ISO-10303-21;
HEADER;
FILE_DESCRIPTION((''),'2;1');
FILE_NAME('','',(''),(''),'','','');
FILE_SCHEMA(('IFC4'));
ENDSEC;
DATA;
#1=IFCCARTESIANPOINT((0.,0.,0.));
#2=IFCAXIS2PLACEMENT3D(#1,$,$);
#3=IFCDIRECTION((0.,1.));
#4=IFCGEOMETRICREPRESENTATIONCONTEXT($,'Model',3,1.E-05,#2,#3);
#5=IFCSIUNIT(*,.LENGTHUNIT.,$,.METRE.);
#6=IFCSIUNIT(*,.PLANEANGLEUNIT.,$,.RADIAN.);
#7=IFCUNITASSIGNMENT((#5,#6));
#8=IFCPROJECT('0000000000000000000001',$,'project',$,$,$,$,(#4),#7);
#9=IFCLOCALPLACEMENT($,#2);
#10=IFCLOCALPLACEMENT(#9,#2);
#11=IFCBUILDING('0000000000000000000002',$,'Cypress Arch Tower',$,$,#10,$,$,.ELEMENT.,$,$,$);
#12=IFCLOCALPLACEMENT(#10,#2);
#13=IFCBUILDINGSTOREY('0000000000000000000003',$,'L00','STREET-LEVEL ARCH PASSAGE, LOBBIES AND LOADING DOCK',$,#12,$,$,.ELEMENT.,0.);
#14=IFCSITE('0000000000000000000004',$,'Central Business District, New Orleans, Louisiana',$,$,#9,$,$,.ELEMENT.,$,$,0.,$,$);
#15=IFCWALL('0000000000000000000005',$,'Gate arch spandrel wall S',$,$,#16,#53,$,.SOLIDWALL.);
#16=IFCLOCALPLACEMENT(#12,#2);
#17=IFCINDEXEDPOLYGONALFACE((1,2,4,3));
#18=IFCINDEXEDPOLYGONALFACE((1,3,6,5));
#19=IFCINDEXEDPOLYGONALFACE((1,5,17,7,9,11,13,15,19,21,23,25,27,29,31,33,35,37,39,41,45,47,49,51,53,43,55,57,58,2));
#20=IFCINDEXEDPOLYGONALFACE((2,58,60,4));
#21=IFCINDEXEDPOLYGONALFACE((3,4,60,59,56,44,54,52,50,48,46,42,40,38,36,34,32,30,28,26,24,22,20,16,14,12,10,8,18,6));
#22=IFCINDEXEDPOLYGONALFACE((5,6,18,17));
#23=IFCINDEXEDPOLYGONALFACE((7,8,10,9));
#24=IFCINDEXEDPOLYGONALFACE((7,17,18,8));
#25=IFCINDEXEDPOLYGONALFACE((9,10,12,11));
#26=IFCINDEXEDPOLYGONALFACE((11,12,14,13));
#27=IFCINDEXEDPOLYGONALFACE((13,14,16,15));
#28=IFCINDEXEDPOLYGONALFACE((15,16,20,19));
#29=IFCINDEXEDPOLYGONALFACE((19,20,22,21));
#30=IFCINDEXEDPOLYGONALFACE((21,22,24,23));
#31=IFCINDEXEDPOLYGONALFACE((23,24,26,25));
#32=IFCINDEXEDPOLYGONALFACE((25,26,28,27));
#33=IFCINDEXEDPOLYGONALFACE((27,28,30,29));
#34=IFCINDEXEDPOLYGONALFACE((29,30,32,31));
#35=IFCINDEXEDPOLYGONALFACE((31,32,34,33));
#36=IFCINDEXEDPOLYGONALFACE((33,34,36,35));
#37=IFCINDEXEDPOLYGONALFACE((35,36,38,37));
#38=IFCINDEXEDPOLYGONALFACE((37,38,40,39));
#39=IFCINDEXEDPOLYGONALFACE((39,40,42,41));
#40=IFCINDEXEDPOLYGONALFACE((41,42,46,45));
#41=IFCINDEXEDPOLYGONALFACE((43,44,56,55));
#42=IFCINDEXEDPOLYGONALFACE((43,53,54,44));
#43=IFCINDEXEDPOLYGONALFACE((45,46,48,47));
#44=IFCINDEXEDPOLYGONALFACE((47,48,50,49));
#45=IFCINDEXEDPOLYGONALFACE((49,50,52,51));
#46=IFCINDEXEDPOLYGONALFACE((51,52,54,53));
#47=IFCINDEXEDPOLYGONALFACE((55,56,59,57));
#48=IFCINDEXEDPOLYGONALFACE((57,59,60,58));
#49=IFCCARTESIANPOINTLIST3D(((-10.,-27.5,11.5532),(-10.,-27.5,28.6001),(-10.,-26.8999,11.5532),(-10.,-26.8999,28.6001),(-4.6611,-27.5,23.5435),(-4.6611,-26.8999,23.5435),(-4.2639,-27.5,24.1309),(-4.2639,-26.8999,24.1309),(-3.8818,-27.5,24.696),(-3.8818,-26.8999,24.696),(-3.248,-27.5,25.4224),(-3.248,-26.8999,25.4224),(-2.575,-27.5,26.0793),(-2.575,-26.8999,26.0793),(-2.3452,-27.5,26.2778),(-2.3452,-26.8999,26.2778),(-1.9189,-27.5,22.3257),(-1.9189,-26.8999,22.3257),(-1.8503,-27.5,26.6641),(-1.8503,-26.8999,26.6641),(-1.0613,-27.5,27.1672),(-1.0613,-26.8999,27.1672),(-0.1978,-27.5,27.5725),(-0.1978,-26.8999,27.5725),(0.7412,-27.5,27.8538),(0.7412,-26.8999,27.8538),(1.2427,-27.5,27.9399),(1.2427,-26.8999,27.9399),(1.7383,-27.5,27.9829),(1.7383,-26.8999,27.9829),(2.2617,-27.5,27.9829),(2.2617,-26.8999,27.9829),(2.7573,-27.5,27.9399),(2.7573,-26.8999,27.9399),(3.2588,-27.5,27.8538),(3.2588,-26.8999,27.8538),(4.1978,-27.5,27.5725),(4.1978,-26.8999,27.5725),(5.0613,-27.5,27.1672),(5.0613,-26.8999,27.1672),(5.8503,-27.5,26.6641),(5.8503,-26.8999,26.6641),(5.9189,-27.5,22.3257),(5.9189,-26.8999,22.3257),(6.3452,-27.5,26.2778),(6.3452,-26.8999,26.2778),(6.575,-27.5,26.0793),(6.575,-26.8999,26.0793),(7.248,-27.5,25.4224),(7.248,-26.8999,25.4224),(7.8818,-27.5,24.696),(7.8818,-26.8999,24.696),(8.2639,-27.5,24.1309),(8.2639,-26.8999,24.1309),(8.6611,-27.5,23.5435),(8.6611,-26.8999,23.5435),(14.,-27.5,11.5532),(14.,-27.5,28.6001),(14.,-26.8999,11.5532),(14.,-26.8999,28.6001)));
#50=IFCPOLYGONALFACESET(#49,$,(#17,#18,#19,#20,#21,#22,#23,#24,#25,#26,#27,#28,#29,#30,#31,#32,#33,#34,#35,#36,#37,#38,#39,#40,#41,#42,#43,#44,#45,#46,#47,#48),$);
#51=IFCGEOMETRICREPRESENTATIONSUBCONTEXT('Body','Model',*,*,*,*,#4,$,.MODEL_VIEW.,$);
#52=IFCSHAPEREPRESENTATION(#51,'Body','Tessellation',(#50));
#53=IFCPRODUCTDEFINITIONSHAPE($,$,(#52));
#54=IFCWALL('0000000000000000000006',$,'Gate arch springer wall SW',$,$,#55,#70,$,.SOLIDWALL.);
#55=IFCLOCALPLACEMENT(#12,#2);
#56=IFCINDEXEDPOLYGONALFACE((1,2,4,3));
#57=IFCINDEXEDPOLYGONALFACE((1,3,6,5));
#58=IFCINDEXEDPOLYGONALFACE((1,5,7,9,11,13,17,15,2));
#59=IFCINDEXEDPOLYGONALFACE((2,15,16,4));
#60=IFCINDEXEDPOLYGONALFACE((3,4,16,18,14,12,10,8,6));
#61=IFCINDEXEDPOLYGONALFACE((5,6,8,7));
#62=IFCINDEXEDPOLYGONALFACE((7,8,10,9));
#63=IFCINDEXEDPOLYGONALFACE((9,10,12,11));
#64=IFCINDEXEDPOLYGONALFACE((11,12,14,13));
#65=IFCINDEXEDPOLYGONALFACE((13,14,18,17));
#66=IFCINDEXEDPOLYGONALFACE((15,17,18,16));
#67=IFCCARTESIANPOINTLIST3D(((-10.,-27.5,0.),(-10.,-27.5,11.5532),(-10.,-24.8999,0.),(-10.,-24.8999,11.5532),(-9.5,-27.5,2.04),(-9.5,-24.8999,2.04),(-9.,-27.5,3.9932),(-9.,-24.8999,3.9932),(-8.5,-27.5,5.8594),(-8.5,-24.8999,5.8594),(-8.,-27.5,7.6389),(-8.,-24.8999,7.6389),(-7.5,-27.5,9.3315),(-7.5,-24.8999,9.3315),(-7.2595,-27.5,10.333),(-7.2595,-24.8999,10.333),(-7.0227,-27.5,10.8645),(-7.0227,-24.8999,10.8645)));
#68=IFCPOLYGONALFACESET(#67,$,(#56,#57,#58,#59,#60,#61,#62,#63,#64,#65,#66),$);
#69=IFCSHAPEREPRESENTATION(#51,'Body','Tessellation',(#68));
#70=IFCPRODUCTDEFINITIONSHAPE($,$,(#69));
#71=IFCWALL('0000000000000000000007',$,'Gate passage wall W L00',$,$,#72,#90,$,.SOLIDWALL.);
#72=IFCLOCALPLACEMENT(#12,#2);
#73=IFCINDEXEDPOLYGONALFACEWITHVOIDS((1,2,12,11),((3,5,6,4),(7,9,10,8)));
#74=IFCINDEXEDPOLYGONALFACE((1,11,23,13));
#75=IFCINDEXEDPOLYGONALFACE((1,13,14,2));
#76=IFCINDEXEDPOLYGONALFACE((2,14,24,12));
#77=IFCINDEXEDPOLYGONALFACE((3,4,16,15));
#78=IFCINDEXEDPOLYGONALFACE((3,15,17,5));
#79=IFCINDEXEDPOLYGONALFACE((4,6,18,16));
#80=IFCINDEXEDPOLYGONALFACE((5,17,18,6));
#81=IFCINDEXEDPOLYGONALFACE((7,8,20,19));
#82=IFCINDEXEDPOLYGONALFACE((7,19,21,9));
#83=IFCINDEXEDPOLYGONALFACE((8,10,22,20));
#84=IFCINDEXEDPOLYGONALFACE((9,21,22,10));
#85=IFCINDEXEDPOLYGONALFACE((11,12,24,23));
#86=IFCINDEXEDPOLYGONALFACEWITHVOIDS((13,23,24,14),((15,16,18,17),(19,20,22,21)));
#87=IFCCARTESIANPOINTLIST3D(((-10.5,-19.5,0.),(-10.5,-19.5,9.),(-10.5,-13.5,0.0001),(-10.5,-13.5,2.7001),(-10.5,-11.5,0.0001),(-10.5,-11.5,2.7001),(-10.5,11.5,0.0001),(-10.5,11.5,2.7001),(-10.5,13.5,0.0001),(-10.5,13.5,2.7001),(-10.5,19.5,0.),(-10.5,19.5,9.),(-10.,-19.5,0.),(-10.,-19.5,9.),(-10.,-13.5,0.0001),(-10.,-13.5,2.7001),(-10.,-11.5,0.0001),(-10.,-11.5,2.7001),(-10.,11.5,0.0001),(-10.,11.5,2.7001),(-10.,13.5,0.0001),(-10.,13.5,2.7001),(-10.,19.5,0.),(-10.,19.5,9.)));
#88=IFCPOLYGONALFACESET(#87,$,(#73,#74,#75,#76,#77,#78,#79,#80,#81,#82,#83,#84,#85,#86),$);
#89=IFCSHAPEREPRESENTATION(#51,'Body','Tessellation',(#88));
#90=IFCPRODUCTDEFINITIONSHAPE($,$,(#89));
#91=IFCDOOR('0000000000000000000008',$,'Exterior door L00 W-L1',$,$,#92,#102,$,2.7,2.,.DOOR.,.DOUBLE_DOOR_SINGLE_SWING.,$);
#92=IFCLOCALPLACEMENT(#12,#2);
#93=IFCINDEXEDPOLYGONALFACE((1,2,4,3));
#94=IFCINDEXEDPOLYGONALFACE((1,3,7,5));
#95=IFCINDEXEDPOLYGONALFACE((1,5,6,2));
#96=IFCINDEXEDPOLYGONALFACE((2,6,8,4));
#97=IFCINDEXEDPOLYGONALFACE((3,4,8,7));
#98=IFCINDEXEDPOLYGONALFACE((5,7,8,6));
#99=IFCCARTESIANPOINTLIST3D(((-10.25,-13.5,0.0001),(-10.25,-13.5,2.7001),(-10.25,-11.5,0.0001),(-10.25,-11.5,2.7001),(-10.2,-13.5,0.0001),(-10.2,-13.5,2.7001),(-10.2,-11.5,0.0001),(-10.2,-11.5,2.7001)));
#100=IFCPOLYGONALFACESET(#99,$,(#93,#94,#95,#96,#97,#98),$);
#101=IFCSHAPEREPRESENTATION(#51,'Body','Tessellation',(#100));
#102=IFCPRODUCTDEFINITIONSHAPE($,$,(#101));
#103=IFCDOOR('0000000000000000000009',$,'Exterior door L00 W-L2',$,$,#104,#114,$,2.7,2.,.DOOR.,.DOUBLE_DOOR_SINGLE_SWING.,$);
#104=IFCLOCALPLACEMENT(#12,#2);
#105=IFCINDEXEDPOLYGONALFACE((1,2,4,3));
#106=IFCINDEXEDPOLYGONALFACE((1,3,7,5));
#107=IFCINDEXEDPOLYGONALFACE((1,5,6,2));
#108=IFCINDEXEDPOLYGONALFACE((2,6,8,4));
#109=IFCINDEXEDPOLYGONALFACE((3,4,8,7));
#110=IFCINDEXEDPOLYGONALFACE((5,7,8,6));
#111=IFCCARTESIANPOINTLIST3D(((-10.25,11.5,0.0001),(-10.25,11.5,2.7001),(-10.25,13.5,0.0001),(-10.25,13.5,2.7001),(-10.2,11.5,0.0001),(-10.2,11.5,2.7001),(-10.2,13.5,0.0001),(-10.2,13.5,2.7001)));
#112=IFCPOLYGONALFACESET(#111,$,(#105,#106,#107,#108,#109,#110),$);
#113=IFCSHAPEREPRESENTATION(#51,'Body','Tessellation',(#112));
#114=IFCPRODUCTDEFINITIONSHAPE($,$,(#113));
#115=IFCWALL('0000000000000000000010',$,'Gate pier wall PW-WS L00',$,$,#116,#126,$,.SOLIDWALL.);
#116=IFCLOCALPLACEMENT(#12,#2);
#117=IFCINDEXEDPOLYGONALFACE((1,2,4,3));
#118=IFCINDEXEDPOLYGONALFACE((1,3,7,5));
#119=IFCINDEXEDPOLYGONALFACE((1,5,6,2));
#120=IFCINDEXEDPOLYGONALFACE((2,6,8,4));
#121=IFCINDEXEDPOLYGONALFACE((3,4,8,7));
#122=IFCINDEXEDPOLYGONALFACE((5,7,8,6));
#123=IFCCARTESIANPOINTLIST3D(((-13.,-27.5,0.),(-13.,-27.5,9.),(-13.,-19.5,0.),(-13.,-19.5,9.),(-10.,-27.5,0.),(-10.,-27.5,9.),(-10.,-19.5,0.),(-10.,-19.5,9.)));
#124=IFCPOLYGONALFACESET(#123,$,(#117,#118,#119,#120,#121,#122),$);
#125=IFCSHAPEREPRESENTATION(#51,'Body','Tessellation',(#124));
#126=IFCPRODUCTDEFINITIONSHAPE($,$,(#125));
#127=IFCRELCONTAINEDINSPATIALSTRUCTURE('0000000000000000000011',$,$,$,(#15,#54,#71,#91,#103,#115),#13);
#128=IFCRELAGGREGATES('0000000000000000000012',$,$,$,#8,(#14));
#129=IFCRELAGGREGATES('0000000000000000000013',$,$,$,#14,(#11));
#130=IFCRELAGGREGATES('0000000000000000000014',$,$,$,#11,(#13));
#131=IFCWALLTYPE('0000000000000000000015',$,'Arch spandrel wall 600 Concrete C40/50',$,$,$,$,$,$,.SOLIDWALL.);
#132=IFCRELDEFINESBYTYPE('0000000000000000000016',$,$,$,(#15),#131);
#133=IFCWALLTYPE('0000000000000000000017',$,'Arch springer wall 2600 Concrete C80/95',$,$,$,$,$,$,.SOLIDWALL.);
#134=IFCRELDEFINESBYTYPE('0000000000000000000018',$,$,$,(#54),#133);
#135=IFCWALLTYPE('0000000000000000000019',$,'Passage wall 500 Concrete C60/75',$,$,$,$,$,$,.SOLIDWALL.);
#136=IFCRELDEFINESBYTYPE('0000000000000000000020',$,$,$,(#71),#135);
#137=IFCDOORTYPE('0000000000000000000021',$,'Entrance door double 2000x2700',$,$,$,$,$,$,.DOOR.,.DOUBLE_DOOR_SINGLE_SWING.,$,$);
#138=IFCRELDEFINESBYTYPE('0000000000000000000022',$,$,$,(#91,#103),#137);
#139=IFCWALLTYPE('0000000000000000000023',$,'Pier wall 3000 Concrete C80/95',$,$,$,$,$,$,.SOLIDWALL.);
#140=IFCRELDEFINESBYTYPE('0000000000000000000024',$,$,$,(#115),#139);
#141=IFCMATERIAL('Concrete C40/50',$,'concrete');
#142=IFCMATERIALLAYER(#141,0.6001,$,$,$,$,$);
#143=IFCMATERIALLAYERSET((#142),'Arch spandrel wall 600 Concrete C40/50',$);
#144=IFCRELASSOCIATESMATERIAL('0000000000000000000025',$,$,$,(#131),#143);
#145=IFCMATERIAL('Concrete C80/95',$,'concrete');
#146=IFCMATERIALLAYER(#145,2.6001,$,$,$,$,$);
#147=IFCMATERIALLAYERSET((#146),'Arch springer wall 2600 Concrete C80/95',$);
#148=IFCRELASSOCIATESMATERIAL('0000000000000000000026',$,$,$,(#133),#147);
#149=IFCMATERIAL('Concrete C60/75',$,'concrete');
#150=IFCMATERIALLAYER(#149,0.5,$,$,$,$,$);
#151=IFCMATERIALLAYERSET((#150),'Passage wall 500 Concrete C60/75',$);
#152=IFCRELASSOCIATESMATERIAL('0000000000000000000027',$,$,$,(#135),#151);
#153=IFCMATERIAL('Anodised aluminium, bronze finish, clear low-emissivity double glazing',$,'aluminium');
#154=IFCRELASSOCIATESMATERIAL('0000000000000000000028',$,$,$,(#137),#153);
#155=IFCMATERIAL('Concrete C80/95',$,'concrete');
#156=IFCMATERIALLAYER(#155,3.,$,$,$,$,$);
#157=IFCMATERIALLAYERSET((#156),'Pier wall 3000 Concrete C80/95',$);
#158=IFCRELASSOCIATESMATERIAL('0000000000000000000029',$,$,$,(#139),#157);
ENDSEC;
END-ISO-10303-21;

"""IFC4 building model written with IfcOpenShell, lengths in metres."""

from ifc_helpers import new_model, si_unit, direction, frame, frame_2d, origin, place, context, subcontext, project, spatial, polyline, rectangle, outline, extrude, material, layer, layer_set, type_object, element, fill, save


model = new_model("IFC4")

# Units and contexts
model_context = context("Model", 3, precision=1e-05, world=origin(), true_north=direction((0.0, 1.0)))
body_context = subcontext(model_context, "Body", "Model", "MODEL_VIEW")
ifc_project = project(units=[si_unit("LENGTHUNIT", "METRE"), si_unit("PLANEANGLEUNIT", "RADIAN")], contexts=[model_context])

# Site, building, storey
site_placement = place(None, origin())
site = spatial("IfcSite", under=ifc_project, at=site_placement, Name="Central Business District, New Orleans, Louisiana", CompositionType="ELEMENT", RefElevation=0.0)
building_placement = place(site_placement, origin())
building = spatial("IfcBuilding", under=site, at=building_placement, Name="Cypress Arch Tower", CompositionType="ELEMENT")
storey_placement = place(building_placement, origin())
storey = spatial("IfcBuildingStorey", under=building, at=storey_placement, Name="L00", Description="STREET-LEVEL ARCH PASSAGE, LOBBIES AND LOADING DOCK", CompositionType="ELEMENT", Elevation=0.0)

# Walls
ifc_material_1 = material(Name="Concrete C40/50", Category="concrete")
ifc_layer_1 = layer(ifc_material_1, 0.6001)
ifc_layer_set_1 = layer_set([ifc_layer_1], Name="Arch spandrel wall 600 Concrete C40/50")
wall_type_1 = type_object("IfcWallType", Name="Arch spandrel wall 600 Concrete C40/50", PredefinedType="SOLIDWALL", material=ifc_layer_set_1)
wall_1_placement = place(storey_placement, frame((-10.0, -27.2, 0.0), z_axis=(0.0, 0.0, 1.0), x_axis=(1.0, 0.0, 0.0)))
element("IfcWall", 1, at=wall_1_placement, inside=storey, type_object=wall_type_1, Name="Gate arch spandrel wall S", PredefinedType="SOLIDWALL", context=body_context, shape_type="SweptSolid", body=[
    extrude(outline(polyline([(24.0, 11.5532), (18.6611, 23.5435), (15.9189, 22.3257), (18.2639, 24.1309), (17.8818, 24.696), (17.248, 25.4224), (16.575, 26.0793), (16.3452, 26.2778), (15.8503, 26.6641), (15.0613, 27.1672), (14.1978, 27.5725), (13.2588, 27.8538), (12.7573, 27.9399), (12.2617, 27.9829), (11.7383, 27.9829), (11.2427, 27.9399), (10.7412, 27.8538), (9.8022, 27.5725), (8.9387, 27.1672), (8.1497, 26.6641), (7.6548, 26.2778), (7.425, 26.0793), (6.752, 25.4224), (6.1182, 24.696), (5.7361, 24.1309), (8.0811, 22.3257), (5.3389, 23.5435), (0.0, 11.5532), (0.0, 28.6001), (24.0, 28.6001), (24.0, 11.5532)])), frame((0.0, 0.3, 0.0), z_axis=(0.0, -1.0, 0.0), x_axis=(1.0, 0.0, 0.0)), (0.0, 0.0, 1.0), 0.6001),
])
ifc_material_2 = material(Name="Concrete C80/95", Category="concrete")
ifc_layer_2 = layer(ifc_material_2, 2.6001)
ifc_layer_set_2 = layer_set([ifc_layer_2], Name="Arch springer wall 2600 Concrete C80/95")
wall_type_2 = type_object("IfcWallType", Name="Arch springer wall 2600 Concrete C80/95", PredefinedType="SOLIDWALL", material=ifc_layer_set_2)
wall_2_placement = place(storey_placement, frame((-10.0, -26.2, 0.0), z_axis=(0.0, 0.0, 1.0), x_axis=(1.0, 0.0, 0.0)))
element("IfcWall", 2, at=wall_2_placement, inside=storey, type_object=wall_type_2, Name="Gate arch springer wall SW", PredefinedType="SOLIDWALL", context=body_context, shape_type="SweptSolid", body=[
    extrude(outline(polyline([(2.5, 9.3315), (2.0, 7.6389), (1.5, 5.8594), (1.0, 3.9932), (0.5, 2.04), (0.0, 0.0), (0.0, 11.5532), (2.7405, 10.333), (2.9773, 10.8645), (2.5, 9.3315)])), frame((0.0, 1.3, 0.0), z_axis=(0.0, -1.0, 0.0), x_axis=(1.0, 0.0, 0.0)), (0.0, 0.0, 1.0), 2.6001),
])

# Wall, openings, doors
ifc_material_3 = material(Name="Concrete C60/75", Category="concrete")
ifc_layer_3 = layer(ifc_material_3, 0.5)
ifc_layer_set_3 = layer_set([ifc_layer_3], Name="Passage wall 500 Concrete C60/75")
wall_type_3 = type_object("IfcWallType", Name="Passage wall 500 Concrete C60/75", PredefinedType="SOLIDWALL", material=ifc_layer_set_3)
wall_3_placement = place(storey_placement, frame((-10.25, -19.5, 0.0), z_axis=(0.0, 0.0, 1.0), x_axis=(0.0, 1.0, 0.0)))
wall_3 = element("IfcWall", 3, at=wall_3_placement, inside=storey, type_object=wall_type_3, Name="Gate passage wall W L00", PredefinedType="SOLIDWALL", context=body_context, shape_type="SweptSolid", body=[
    extrude(rectangle(XDim=39.0, YDim=0.5, at=frame_2d((19.5, 0.0))), origin(), (0.0, 0.0, 1.0), 9.0),
])
opening_1_placement = place(wall_3_placement, frame((6.0, 0.0, 0.0)))
opening_1 = element("IfcOpeningElement", 4, at=opening_1_placement, cuts=wall_3, PredefinedType="OPENING", context=body_context, shape_type="SweptSolid", body=[
    extrude(rectangle(XDim=2.0, YDim=2.7, at=frame_2d((1.0, 1.3501))), frame((0.0, 0.26, 0.0), z_axis=(0.0, -1.0, 0.0), x_axis=(1.0, 0.0, 0.0)), (0.0, 0.0, 1.0), 0.52),
])
opening_2_placement = place(wall_3_placement, frame((31.0, 0.0, 0.0)))
opening_2 = element("IfcOpeningElement", 5, at=opening_2_placement, cuts=wall_3, PredefinedType="OPENING", context=body_context, shape_type="SweptSolid", body=[
    extrude(rectangle(XDim=2.0, YDim=2.7, at=frame_2d((1.0, 1.3501))), frame((0.0, 0.26, 0.0), z_axis=(0.0, -1.0, 0.0), x_axis=(1.0, 0.0, 0.0)), (0.0, 0.0, 1.0), 0.52),
])
ifc_material_4 = material(Name="Anodised aluminium, bronze finish, clear low-emissivity double glazing", Category="aluminium")
door_type = type_object("IfcDoorType", Name="Entrance door double 2000x2700", OperationType="DOUBLE_DOOR_SINGLE_SWING", PredefinedType="DOOR", material=ifc_material_4)
door_1_placement = place(opening_1_placement, origin())
door_1 = element("IfcDoor", 6, at=door_1_placement, inside=storey, type_object=door_type, Name="Exterior door L00 W-L1", OperationType="DOUBLE_DOOR_SINGLE_SWING", OverallHeight=2.7, OverallWidth=2.0, PredefinedType="DOOR", context=body_context, shape_type="SweptSolid", body=[
    extrude(rectangle(XDim=2.0, YDim=2.7, at=frame_2d((1.0, 1.3501))), frame((0.0, 0.0, 0.0), z_axis=(0.0, -1.0, 0.0), x_axis=(1.0, 0.0, 0.0)), (0.0, 0.0, 1.0), 0.05),
])
fill(opening_1, door_1)
door_2_placement = place(opening_2_placement, origin())
door_2 = element("IfcDoor", 7, at=door_2_placement, inside=storey, type_object=door_type, Name="Exterior door L00 W-L2", OperationType="DOUBLE_DOOR_SINGLE_SWING", OverallHeight=2.7, OverallWidth=2.0, PredefinedType="DOOR", context=body_context, shape_type="SweptSolid", body=[
    extrude(rectangle(XDim=2.0, YDim=2.7, at=frame_2d((1.0, 1.3501))), frame((0.0, 0.0, 0.0), z_axis=(0.0, -1.0, 0.0), x_axis=(1.0, 0.0, 0.0)), (0.0, 0.0, 1.0), 0.05),
])
fill(opening_2, door_2)

# Wall
ifc_material_5 = material(Name="Concrete C80/95", Category="concrete")
ifc_layer_4 = layer(ifc_material_5, 3.0)
ifc_layer_set_4 = layer_set([ifc_layer_4], Name="Pier wall 3000 Concrete C80/95")
wall_type_4 = type_object("IfcWallType", Name="Pier wall 3000 Concrete C80/95", PredefinedType="SOLIDWALL", material=ifc_layer_set_4)
wall_4_placement = place(storey_placement, frame((-11.5, -27.5, 0.0), z_axis=(0.0, 0.0, 1.0), x_axis=(0.0, 1.0, 0.0)))
element("IfcWall", 8, at=wall_4_placement, inside=storey, type_object=wall_type_4, Name="Gate pier wall PW-WS L00", PredefinedType="SOLIDWALL", context=body_context, shape_type="SweptSolid", body=[
    extrude(rectangle(XDim=8.0, YDim=3.0, at=frame_2d((4.0, 0.0))), origin(), (0.0, 0.0, 1.0), 9.0),
])

save(model, "model.ifc")
